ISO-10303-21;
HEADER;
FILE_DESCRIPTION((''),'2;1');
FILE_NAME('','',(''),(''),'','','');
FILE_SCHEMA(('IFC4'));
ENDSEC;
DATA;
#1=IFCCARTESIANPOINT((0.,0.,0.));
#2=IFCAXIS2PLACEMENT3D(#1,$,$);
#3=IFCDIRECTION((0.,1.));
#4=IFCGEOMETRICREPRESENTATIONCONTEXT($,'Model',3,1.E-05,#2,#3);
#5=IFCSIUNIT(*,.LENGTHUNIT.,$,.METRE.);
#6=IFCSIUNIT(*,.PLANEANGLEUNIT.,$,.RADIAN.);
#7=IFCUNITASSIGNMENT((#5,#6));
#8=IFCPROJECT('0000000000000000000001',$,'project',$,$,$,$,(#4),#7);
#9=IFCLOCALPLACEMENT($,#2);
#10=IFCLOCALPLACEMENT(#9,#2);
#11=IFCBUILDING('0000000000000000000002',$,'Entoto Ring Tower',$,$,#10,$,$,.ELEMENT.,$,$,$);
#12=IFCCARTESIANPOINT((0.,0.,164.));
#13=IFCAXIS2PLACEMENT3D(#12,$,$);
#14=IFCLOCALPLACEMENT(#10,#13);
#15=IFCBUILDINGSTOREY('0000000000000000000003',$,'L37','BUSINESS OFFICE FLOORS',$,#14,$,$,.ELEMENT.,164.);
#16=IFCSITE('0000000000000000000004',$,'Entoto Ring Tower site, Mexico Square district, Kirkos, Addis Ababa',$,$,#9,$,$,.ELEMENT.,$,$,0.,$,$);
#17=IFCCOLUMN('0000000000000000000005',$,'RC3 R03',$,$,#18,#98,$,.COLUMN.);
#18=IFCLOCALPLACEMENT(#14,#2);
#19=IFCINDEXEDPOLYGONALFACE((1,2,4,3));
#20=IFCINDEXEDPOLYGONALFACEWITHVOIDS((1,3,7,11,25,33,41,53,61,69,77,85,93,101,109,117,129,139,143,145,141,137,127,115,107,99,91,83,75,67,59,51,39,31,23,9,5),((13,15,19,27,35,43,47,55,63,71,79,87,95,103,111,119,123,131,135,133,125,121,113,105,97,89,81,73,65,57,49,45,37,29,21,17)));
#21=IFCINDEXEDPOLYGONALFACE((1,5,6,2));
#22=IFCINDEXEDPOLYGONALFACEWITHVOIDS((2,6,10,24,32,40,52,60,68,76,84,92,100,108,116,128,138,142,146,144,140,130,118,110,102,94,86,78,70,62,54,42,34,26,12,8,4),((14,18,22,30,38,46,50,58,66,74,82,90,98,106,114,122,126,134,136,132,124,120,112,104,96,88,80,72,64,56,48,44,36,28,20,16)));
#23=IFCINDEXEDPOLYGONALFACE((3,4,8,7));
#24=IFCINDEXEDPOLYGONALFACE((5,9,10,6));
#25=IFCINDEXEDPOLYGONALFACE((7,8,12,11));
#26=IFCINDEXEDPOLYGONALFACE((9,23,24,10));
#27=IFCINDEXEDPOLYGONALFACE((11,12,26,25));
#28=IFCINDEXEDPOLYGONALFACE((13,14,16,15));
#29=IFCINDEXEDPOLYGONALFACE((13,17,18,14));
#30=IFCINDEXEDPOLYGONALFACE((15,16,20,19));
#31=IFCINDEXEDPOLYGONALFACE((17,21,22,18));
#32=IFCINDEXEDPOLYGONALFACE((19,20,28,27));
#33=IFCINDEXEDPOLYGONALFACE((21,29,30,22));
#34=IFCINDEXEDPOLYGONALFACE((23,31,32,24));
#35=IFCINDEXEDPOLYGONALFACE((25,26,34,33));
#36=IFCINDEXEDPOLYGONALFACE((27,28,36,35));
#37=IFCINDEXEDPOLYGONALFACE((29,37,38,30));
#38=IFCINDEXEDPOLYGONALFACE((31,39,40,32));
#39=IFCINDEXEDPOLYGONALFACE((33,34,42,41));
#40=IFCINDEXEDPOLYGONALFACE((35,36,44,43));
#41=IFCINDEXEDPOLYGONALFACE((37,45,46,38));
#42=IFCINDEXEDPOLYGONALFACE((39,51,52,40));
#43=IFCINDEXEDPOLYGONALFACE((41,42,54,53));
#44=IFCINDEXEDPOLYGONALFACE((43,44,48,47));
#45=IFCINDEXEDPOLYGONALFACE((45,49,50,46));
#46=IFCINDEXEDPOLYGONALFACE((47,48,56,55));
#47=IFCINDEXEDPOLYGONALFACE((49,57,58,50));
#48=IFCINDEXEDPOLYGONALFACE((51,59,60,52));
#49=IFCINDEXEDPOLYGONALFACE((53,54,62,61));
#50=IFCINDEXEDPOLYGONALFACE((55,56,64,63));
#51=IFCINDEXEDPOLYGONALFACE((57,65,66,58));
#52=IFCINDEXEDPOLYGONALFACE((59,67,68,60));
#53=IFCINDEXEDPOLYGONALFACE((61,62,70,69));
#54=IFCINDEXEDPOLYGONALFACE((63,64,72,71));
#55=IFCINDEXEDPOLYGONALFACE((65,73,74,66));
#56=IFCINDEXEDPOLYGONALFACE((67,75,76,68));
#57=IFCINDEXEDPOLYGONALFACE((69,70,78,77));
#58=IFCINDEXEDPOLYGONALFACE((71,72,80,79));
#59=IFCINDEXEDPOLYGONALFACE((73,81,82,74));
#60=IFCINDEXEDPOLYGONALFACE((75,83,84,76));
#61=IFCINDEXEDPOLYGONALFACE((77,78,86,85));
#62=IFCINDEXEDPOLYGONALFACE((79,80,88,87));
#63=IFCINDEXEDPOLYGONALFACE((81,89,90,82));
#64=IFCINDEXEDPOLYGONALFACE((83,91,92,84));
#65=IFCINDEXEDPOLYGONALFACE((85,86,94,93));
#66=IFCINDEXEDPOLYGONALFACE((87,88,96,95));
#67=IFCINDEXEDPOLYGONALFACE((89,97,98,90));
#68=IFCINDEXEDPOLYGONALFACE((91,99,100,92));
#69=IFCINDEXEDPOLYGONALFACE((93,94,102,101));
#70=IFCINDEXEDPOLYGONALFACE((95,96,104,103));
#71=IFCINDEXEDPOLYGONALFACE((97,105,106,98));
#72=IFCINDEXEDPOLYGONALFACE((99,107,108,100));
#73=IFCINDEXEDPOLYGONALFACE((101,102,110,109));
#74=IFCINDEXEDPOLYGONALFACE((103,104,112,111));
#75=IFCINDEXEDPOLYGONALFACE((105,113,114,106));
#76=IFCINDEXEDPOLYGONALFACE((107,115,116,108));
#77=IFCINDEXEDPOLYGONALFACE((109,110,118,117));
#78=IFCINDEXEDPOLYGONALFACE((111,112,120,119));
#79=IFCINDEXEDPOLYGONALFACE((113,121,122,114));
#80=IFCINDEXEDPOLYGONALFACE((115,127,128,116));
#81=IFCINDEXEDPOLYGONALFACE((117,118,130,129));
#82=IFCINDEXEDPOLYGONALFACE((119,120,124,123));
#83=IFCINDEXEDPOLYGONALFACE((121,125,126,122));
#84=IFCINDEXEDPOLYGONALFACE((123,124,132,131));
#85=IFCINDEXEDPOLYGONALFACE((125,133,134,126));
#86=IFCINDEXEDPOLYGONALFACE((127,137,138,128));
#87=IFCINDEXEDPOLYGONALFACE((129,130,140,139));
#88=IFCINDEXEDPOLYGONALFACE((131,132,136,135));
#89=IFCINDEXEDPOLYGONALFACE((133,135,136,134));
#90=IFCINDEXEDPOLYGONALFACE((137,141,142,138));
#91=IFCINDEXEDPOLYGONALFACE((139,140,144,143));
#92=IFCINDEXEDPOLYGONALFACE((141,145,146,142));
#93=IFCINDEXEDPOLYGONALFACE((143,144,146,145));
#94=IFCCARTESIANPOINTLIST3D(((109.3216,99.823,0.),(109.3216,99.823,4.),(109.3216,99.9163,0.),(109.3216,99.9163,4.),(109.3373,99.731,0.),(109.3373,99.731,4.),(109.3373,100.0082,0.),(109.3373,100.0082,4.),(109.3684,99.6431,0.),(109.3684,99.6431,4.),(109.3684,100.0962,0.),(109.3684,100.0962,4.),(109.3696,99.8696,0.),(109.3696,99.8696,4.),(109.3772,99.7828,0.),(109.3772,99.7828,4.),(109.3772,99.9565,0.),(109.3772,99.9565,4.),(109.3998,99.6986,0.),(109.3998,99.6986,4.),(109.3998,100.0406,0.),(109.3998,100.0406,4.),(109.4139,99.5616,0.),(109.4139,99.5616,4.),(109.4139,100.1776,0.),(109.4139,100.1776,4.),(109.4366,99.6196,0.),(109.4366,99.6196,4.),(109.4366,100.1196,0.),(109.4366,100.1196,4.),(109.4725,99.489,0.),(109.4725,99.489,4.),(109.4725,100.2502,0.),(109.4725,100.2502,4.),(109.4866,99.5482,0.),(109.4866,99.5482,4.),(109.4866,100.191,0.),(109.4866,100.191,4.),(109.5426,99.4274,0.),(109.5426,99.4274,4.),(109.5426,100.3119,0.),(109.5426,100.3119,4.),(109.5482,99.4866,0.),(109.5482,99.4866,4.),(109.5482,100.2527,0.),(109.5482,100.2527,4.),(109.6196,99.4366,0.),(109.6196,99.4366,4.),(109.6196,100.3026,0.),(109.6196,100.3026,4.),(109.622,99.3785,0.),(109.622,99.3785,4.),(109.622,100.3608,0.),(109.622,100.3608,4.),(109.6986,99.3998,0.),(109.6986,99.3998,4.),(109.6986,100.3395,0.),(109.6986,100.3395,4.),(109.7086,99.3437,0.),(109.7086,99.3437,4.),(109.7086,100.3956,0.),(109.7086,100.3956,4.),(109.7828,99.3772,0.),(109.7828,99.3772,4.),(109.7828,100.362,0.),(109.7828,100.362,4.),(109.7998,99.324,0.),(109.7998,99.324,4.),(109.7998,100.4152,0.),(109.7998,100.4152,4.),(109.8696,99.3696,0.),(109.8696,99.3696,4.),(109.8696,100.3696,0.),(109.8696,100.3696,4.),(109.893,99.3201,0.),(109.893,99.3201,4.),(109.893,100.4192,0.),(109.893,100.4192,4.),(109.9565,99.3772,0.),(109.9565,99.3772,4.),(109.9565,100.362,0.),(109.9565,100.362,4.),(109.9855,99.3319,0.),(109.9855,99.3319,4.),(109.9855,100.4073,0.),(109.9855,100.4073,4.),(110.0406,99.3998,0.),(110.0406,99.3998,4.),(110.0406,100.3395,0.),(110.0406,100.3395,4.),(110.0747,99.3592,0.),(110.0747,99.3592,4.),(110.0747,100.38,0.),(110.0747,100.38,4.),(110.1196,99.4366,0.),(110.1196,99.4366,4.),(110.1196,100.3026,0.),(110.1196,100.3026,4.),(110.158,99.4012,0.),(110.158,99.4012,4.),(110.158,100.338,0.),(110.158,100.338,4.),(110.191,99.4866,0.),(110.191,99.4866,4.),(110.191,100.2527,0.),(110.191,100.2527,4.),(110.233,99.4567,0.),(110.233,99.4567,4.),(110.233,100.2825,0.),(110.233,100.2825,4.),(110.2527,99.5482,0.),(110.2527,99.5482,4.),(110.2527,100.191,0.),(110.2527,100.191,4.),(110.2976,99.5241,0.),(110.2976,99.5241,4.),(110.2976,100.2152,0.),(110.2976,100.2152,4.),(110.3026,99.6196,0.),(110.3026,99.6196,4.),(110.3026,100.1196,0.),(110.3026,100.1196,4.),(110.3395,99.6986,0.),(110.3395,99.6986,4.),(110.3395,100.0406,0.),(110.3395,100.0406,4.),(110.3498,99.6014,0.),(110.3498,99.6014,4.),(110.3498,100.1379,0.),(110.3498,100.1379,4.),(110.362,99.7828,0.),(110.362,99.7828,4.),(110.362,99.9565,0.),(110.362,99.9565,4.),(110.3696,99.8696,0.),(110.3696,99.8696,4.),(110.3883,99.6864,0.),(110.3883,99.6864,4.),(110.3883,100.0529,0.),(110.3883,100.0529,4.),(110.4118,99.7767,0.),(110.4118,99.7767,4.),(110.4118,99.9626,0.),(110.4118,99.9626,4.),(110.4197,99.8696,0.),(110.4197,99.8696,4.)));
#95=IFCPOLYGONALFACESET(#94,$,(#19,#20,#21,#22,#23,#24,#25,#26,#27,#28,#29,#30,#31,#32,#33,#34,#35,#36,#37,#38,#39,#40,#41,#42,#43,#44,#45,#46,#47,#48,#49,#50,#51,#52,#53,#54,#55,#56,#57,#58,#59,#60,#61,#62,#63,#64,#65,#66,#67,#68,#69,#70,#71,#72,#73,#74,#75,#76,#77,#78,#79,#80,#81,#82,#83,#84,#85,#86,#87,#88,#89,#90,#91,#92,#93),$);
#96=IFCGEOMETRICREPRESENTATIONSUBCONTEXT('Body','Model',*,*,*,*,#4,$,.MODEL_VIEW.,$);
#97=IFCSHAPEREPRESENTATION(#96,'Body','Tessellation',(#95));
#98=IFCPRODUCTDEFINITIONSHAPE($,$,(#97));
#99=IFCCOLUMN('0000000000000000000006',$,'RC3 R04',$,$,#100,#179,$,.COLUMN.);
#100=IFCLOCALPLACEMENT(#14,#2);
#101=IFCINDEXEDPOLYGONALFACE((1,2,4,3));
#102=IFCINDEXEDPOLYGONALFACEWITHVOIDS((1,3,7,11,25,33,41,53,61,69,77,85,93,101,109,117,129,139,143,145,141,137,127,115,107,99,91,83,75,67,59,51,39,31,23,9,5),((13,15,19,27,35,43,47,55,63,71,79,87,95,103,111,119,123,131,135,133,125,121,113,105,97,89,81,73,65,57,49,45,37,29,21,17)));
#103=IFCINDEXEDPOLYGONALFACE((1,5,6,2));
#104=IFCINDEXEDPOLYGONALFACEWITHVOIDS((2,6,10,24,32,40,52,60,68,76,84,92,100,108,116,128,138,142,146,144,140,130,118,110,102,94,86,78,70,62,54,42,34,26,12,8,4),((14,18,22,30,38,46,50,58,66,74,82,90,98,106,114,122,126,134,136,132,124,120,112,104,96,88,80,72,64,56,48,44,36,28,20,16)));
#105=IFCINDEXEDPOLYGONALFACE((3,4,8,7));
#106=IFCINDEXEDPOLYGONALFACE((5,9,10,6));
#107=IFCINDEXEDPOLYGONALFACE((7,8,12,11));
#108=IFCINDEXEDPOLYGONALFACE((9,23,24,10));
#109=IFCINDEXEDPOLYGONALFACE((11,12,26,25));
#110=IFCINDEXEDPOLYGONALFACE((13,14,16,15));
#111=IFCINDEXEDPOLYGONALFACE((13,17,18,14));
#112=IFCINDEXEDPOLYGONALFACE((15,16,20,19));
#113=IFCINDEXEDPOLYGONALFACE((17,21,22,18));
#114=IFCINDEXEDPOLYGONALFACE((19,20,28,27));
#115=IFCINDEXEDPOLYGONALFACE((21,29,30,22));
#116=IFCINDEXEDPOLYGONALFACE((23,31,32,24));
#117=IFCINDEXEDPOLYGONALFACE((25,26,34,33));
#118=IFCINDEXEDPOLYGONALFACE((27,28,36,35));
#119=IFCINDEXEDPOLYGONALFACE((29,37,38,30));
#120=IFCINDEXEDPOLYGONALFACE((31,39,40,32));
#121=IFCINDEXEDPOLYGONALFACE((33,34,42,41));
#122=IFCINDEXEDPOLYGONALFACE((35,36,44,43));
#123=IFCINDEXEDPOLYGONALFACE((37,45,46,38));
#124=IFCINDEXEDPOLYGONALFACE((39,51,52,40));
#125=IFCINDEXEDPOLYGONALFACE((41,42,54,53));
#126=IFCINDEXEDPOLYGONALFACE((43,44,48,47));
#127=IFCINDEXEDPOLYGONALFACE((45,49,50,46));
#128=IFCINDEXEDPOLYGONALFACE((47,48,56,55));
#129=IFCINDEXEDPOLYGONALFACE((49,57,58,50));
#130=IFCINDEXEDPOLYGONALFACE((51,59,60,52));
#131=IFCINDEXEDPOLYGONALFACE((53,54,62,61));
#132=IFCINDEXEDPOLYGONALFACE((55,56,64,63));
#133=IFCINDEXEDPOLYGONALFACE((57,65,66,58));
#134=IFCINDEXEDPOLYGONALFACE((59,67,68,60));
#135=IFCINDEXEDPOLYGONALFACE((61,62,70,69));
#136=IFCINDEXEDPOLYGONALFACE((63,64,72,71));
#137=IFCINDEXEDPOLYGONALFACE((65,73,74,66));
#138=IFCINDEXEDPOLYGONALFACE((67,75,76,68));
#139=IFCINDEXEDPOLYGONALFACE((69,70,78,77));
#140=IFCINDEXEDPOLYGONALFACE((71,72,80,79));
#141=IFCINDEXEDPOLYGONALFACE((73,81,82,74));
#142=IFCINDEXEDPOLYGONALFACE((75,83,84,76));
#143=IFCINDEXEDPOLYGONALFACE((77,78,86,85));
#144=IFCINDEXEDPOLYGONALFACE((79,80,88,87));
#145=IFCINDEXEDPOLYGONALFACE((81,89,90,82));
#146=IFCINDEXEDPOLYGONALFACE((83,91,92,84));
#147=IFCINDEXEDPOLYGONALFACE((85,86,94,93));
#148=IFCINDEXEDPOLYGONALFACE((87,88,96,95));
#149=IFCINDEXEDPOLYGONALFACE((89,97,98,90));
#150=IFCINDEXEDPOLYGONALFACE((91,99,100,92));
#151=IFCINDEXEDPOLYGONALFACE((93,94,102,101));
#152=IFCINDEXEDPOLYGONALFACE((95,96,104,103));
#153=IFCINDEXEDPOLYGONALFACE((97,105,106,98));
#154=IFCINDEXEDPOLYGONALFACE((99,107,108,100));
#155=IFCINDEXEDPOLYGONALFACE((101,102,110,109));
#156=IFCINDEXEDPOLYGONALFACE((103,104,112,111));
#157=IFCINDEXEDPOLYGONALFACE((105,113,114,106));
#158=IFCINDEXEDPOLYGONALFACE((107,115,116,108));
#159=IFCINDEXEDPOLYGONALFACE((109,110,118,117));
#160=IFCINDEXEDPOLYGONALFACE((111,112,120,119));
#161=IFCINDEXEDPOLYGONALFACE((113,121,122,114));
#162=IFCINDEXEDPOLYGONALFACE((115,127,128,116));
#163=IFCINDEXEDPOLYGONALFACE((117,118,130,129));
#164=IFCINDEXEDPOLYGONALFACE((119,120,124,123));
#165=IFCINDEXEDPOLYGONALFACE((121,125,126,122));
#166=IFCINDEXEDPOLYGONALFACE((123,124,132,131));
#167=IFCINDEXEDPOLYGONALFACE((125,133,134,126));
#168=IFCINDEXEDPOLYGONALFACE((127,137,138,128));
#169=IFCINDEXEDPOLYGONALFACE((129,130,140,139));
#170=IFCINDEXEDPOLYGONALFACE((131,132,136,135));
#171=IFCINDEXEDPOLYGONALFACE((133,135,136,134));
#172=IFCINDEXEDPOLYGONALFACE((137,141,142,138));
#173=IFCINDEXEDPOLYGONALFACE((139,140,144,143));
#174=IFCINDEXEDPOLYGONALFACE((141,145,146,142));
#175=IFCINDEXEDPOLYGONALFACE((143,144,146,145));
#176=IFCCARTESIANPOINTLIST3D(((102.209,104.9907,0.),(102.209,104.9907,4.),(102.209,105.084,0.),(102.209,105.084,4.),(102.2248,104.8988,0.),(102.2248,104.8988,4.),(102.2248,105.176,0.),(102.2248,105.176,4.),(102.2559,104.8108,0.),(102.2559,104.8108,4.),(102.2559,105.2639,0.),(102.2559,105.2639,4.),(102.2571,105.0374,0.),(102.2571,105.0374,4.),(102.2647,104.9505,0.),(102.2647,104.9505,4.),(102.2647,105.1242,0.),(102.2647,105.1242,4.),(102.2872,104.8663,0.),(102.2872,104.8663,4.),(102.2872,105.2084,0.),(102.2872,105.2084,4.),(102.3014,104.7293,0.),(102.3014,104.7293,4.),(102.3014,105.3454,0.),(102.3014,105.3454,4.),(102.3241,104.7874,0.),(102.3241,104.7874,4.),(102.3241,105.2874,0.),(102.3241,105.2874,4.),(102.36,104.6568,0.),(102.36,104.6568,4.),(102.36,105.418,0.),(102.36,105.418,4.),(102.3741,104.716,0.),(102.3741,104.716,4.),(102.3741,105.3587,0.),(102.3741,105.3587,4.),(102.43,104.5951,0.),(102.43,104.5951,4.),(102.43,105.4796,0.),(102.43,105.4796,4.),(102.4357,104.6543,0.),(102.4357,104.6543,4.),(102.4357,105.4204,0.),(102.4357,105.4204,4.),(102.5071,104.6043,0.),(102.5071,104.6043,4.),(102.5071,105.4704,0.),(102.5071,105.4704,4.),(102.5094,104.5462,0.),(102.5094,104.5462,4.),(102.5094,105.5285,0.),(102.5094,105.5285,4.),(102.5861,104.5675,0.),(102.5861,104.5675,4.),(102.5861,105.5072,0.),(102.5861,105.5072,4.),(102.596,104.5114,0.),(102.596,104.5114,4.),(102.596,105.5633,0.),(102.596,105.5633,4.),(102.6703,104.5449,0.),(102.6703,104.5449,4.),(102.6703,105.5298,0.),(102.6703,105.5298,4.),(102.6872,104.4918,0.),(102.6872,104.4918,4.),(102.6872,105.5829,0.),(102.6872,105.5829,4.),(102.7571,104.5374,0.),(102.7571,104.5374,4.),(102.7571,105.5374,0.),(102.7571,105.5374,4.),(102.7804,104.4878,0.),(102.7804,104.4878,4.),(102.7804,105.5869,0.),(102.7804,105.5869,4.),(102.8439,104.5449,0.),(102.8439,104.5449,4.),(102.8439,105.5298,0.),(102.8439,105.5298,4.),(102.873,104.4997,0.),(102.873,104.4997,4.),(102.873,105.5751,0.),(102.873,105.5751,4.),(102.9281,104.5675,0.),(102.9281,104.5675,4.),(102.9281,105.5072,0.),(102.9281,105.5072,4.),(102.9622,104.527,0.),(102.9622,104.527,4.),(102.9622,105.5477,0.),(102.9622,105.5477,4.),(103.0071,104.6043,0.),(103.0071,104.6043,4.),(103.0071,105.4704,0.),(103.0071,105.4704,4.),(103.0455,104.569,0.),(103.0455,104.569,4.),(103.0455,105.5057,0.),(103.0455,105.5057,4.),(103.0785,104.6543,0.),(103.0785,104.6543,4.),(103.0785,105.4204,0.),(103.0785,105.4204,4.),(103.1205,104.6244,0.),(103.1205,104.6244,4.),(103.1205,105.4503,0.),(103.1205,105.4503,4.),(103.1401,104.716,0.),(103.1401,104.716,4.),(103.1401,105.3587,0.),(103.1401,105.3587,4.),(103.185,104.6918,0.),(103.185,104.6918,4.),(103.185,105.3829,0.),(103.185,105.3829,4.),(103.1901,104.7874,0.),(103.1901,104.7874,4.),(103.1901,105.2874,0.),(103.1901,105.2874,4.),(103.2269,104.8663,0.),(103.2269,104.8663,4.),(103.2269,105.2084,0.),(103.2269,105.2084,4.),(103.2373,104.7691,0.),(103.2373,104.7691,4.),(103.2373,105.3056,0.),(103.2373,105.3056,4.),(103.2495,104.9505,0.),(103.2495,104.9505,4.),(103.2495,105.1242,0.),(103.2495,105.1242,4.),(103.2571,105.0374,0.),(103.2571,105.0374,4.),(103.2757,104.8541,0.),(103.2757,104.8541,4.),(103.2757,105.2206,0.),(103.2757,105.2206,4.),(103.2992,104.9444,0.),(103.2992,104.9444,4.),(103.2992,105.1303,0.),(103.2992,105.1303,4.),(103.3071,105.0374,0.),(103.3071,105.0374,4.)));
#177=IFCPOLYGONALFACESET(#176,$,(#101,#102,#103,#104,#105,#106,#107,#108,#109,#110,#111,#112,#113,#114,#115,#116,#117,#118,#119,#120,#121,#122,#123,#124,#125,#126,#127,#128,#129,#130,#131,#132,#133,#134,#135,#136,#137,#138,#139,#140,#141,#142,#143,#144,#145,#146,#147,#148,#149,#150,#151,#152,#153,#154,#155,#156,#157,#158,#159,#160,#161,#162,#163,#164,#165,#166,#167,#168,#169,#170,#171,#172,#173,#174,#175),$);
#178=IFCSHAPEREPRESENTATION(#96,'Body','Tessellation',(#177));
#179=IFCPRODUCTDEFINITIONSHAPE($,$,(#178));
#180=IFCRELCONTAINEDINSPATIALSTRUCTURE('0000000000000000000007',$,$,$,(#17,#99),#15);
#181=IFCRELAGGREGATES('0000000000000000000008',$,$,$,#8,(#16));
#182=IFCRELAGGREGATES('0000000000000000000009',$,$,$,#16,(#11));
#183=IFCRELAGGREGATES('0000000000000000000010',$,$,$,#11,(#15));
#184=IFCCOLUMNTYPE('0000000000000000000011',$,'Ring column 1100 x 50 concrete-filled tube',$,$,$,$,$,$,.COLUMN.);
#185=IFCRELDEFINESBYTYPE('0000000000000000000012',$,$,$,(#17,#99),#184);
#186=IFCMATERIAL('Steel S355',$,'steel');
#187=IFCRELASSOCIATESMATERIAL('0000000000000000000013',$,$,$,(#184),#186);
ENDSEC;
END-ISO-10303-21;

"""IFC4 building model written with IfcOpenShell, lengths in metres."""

from ifc_helpers import new_model, si_unit, direction, frame, origin, origin_2d, place, context, subcontext, project, spatial, circle, hollow_circle, extrude, material, material_profile, profile_set, type_object, element, save


model = new_model("IFC4")

# Units and contexts
model_context = context("Model", 3, precision=1e-05, world=origin(), true_north=direction((0.0, 1.0)))
body_context = subcontext(model_context, "Body", "Model", "MODEL_VIEW")
ifc_project = project(units=[si_unit("LENGTHUNIT", "METRE"), si_unit("PLANEANGLEUNIT", "RADIAN")], contexts=[model_context])

# Site, building, storey
site_placement = place(None, origin())
site = spatial("IfcSite", under=ifc_project, at=site_placement, Name="Entoto Ring Tower site, Mexico Square district, Kirkos, Addis Ababa", CompositionType="ELEMENT", RefElevation=0.0)
building_placement = place(site_placement, origin())
building = spatial("IfcBuilding", under=site, at=building_placement, Name="Entoto Ring Tower", CompositionType="ELEMENT")
storey_placement = place(building_placement, frame((0.0, 0.0, 164.0)))
storey = spatial("IfcBuildingStorey", under=building, at=storey_placement, Name="L37", Description="BUSINESS OFFICE FLOORS", CompositionType="ELEMENT", Elevation=164.0)

# Columns
ifc_material_1 = material(Name="Steel S355", Category="steel")
ifc_material_profile_1 = material_profile(ifc_material_1, hollow_circle(Radius=0.55, WallThickness=0.05, at=origin_2d()), Name="CHS 1100 x 50")
ifc_material_2 = material(Name="Concrete C60/75", Category="concrete")
ifc_material_profile_2 = material_profile(ifc_material_2, circle(Radius=0.5, at=origin_2d()), Name="Concrete C60/75 infill")
ifc_profile_set_1 = profile_set([ifc_material_profile_1, ifc_material_profile_2], Name="Steel S355")
column_type = type_object("IfcColumnType", Name="Ring column 1100 x 50 concrete-filled tube", PredefinedType="COLUMN", material=ifc_profile_set_1)
for number, where, z_axis, x_axis, name in (
    (1, (109.8696, 99.8696, 0.0), (0.0, 0.0, 1.0), (1.0, 0.0, 0.0), "RC3 R03"),
    (2, (102.7571, 105.0374, 0.0), (0.0, 0.0, 1.0), (1.0, 0.0, 0.0), "RC3 R04"),
):
    element("IfcColumn", number, at=place(storey_placement, frame(where, z_axis=z_axis, x_axis=x_axis)), inside=storey, type_object=column_type, Name=name, PredefinedType="COLUMN", context=body_context, shape_type="SweptSolid", body=[
        extrude(hollow_circle(Radius=0.55, WallThickness=0.05, at=origin_2d()), origin(), (0.0, 0.0, 1.0), 4.0),
    ])

save(model, "model.ifc")
